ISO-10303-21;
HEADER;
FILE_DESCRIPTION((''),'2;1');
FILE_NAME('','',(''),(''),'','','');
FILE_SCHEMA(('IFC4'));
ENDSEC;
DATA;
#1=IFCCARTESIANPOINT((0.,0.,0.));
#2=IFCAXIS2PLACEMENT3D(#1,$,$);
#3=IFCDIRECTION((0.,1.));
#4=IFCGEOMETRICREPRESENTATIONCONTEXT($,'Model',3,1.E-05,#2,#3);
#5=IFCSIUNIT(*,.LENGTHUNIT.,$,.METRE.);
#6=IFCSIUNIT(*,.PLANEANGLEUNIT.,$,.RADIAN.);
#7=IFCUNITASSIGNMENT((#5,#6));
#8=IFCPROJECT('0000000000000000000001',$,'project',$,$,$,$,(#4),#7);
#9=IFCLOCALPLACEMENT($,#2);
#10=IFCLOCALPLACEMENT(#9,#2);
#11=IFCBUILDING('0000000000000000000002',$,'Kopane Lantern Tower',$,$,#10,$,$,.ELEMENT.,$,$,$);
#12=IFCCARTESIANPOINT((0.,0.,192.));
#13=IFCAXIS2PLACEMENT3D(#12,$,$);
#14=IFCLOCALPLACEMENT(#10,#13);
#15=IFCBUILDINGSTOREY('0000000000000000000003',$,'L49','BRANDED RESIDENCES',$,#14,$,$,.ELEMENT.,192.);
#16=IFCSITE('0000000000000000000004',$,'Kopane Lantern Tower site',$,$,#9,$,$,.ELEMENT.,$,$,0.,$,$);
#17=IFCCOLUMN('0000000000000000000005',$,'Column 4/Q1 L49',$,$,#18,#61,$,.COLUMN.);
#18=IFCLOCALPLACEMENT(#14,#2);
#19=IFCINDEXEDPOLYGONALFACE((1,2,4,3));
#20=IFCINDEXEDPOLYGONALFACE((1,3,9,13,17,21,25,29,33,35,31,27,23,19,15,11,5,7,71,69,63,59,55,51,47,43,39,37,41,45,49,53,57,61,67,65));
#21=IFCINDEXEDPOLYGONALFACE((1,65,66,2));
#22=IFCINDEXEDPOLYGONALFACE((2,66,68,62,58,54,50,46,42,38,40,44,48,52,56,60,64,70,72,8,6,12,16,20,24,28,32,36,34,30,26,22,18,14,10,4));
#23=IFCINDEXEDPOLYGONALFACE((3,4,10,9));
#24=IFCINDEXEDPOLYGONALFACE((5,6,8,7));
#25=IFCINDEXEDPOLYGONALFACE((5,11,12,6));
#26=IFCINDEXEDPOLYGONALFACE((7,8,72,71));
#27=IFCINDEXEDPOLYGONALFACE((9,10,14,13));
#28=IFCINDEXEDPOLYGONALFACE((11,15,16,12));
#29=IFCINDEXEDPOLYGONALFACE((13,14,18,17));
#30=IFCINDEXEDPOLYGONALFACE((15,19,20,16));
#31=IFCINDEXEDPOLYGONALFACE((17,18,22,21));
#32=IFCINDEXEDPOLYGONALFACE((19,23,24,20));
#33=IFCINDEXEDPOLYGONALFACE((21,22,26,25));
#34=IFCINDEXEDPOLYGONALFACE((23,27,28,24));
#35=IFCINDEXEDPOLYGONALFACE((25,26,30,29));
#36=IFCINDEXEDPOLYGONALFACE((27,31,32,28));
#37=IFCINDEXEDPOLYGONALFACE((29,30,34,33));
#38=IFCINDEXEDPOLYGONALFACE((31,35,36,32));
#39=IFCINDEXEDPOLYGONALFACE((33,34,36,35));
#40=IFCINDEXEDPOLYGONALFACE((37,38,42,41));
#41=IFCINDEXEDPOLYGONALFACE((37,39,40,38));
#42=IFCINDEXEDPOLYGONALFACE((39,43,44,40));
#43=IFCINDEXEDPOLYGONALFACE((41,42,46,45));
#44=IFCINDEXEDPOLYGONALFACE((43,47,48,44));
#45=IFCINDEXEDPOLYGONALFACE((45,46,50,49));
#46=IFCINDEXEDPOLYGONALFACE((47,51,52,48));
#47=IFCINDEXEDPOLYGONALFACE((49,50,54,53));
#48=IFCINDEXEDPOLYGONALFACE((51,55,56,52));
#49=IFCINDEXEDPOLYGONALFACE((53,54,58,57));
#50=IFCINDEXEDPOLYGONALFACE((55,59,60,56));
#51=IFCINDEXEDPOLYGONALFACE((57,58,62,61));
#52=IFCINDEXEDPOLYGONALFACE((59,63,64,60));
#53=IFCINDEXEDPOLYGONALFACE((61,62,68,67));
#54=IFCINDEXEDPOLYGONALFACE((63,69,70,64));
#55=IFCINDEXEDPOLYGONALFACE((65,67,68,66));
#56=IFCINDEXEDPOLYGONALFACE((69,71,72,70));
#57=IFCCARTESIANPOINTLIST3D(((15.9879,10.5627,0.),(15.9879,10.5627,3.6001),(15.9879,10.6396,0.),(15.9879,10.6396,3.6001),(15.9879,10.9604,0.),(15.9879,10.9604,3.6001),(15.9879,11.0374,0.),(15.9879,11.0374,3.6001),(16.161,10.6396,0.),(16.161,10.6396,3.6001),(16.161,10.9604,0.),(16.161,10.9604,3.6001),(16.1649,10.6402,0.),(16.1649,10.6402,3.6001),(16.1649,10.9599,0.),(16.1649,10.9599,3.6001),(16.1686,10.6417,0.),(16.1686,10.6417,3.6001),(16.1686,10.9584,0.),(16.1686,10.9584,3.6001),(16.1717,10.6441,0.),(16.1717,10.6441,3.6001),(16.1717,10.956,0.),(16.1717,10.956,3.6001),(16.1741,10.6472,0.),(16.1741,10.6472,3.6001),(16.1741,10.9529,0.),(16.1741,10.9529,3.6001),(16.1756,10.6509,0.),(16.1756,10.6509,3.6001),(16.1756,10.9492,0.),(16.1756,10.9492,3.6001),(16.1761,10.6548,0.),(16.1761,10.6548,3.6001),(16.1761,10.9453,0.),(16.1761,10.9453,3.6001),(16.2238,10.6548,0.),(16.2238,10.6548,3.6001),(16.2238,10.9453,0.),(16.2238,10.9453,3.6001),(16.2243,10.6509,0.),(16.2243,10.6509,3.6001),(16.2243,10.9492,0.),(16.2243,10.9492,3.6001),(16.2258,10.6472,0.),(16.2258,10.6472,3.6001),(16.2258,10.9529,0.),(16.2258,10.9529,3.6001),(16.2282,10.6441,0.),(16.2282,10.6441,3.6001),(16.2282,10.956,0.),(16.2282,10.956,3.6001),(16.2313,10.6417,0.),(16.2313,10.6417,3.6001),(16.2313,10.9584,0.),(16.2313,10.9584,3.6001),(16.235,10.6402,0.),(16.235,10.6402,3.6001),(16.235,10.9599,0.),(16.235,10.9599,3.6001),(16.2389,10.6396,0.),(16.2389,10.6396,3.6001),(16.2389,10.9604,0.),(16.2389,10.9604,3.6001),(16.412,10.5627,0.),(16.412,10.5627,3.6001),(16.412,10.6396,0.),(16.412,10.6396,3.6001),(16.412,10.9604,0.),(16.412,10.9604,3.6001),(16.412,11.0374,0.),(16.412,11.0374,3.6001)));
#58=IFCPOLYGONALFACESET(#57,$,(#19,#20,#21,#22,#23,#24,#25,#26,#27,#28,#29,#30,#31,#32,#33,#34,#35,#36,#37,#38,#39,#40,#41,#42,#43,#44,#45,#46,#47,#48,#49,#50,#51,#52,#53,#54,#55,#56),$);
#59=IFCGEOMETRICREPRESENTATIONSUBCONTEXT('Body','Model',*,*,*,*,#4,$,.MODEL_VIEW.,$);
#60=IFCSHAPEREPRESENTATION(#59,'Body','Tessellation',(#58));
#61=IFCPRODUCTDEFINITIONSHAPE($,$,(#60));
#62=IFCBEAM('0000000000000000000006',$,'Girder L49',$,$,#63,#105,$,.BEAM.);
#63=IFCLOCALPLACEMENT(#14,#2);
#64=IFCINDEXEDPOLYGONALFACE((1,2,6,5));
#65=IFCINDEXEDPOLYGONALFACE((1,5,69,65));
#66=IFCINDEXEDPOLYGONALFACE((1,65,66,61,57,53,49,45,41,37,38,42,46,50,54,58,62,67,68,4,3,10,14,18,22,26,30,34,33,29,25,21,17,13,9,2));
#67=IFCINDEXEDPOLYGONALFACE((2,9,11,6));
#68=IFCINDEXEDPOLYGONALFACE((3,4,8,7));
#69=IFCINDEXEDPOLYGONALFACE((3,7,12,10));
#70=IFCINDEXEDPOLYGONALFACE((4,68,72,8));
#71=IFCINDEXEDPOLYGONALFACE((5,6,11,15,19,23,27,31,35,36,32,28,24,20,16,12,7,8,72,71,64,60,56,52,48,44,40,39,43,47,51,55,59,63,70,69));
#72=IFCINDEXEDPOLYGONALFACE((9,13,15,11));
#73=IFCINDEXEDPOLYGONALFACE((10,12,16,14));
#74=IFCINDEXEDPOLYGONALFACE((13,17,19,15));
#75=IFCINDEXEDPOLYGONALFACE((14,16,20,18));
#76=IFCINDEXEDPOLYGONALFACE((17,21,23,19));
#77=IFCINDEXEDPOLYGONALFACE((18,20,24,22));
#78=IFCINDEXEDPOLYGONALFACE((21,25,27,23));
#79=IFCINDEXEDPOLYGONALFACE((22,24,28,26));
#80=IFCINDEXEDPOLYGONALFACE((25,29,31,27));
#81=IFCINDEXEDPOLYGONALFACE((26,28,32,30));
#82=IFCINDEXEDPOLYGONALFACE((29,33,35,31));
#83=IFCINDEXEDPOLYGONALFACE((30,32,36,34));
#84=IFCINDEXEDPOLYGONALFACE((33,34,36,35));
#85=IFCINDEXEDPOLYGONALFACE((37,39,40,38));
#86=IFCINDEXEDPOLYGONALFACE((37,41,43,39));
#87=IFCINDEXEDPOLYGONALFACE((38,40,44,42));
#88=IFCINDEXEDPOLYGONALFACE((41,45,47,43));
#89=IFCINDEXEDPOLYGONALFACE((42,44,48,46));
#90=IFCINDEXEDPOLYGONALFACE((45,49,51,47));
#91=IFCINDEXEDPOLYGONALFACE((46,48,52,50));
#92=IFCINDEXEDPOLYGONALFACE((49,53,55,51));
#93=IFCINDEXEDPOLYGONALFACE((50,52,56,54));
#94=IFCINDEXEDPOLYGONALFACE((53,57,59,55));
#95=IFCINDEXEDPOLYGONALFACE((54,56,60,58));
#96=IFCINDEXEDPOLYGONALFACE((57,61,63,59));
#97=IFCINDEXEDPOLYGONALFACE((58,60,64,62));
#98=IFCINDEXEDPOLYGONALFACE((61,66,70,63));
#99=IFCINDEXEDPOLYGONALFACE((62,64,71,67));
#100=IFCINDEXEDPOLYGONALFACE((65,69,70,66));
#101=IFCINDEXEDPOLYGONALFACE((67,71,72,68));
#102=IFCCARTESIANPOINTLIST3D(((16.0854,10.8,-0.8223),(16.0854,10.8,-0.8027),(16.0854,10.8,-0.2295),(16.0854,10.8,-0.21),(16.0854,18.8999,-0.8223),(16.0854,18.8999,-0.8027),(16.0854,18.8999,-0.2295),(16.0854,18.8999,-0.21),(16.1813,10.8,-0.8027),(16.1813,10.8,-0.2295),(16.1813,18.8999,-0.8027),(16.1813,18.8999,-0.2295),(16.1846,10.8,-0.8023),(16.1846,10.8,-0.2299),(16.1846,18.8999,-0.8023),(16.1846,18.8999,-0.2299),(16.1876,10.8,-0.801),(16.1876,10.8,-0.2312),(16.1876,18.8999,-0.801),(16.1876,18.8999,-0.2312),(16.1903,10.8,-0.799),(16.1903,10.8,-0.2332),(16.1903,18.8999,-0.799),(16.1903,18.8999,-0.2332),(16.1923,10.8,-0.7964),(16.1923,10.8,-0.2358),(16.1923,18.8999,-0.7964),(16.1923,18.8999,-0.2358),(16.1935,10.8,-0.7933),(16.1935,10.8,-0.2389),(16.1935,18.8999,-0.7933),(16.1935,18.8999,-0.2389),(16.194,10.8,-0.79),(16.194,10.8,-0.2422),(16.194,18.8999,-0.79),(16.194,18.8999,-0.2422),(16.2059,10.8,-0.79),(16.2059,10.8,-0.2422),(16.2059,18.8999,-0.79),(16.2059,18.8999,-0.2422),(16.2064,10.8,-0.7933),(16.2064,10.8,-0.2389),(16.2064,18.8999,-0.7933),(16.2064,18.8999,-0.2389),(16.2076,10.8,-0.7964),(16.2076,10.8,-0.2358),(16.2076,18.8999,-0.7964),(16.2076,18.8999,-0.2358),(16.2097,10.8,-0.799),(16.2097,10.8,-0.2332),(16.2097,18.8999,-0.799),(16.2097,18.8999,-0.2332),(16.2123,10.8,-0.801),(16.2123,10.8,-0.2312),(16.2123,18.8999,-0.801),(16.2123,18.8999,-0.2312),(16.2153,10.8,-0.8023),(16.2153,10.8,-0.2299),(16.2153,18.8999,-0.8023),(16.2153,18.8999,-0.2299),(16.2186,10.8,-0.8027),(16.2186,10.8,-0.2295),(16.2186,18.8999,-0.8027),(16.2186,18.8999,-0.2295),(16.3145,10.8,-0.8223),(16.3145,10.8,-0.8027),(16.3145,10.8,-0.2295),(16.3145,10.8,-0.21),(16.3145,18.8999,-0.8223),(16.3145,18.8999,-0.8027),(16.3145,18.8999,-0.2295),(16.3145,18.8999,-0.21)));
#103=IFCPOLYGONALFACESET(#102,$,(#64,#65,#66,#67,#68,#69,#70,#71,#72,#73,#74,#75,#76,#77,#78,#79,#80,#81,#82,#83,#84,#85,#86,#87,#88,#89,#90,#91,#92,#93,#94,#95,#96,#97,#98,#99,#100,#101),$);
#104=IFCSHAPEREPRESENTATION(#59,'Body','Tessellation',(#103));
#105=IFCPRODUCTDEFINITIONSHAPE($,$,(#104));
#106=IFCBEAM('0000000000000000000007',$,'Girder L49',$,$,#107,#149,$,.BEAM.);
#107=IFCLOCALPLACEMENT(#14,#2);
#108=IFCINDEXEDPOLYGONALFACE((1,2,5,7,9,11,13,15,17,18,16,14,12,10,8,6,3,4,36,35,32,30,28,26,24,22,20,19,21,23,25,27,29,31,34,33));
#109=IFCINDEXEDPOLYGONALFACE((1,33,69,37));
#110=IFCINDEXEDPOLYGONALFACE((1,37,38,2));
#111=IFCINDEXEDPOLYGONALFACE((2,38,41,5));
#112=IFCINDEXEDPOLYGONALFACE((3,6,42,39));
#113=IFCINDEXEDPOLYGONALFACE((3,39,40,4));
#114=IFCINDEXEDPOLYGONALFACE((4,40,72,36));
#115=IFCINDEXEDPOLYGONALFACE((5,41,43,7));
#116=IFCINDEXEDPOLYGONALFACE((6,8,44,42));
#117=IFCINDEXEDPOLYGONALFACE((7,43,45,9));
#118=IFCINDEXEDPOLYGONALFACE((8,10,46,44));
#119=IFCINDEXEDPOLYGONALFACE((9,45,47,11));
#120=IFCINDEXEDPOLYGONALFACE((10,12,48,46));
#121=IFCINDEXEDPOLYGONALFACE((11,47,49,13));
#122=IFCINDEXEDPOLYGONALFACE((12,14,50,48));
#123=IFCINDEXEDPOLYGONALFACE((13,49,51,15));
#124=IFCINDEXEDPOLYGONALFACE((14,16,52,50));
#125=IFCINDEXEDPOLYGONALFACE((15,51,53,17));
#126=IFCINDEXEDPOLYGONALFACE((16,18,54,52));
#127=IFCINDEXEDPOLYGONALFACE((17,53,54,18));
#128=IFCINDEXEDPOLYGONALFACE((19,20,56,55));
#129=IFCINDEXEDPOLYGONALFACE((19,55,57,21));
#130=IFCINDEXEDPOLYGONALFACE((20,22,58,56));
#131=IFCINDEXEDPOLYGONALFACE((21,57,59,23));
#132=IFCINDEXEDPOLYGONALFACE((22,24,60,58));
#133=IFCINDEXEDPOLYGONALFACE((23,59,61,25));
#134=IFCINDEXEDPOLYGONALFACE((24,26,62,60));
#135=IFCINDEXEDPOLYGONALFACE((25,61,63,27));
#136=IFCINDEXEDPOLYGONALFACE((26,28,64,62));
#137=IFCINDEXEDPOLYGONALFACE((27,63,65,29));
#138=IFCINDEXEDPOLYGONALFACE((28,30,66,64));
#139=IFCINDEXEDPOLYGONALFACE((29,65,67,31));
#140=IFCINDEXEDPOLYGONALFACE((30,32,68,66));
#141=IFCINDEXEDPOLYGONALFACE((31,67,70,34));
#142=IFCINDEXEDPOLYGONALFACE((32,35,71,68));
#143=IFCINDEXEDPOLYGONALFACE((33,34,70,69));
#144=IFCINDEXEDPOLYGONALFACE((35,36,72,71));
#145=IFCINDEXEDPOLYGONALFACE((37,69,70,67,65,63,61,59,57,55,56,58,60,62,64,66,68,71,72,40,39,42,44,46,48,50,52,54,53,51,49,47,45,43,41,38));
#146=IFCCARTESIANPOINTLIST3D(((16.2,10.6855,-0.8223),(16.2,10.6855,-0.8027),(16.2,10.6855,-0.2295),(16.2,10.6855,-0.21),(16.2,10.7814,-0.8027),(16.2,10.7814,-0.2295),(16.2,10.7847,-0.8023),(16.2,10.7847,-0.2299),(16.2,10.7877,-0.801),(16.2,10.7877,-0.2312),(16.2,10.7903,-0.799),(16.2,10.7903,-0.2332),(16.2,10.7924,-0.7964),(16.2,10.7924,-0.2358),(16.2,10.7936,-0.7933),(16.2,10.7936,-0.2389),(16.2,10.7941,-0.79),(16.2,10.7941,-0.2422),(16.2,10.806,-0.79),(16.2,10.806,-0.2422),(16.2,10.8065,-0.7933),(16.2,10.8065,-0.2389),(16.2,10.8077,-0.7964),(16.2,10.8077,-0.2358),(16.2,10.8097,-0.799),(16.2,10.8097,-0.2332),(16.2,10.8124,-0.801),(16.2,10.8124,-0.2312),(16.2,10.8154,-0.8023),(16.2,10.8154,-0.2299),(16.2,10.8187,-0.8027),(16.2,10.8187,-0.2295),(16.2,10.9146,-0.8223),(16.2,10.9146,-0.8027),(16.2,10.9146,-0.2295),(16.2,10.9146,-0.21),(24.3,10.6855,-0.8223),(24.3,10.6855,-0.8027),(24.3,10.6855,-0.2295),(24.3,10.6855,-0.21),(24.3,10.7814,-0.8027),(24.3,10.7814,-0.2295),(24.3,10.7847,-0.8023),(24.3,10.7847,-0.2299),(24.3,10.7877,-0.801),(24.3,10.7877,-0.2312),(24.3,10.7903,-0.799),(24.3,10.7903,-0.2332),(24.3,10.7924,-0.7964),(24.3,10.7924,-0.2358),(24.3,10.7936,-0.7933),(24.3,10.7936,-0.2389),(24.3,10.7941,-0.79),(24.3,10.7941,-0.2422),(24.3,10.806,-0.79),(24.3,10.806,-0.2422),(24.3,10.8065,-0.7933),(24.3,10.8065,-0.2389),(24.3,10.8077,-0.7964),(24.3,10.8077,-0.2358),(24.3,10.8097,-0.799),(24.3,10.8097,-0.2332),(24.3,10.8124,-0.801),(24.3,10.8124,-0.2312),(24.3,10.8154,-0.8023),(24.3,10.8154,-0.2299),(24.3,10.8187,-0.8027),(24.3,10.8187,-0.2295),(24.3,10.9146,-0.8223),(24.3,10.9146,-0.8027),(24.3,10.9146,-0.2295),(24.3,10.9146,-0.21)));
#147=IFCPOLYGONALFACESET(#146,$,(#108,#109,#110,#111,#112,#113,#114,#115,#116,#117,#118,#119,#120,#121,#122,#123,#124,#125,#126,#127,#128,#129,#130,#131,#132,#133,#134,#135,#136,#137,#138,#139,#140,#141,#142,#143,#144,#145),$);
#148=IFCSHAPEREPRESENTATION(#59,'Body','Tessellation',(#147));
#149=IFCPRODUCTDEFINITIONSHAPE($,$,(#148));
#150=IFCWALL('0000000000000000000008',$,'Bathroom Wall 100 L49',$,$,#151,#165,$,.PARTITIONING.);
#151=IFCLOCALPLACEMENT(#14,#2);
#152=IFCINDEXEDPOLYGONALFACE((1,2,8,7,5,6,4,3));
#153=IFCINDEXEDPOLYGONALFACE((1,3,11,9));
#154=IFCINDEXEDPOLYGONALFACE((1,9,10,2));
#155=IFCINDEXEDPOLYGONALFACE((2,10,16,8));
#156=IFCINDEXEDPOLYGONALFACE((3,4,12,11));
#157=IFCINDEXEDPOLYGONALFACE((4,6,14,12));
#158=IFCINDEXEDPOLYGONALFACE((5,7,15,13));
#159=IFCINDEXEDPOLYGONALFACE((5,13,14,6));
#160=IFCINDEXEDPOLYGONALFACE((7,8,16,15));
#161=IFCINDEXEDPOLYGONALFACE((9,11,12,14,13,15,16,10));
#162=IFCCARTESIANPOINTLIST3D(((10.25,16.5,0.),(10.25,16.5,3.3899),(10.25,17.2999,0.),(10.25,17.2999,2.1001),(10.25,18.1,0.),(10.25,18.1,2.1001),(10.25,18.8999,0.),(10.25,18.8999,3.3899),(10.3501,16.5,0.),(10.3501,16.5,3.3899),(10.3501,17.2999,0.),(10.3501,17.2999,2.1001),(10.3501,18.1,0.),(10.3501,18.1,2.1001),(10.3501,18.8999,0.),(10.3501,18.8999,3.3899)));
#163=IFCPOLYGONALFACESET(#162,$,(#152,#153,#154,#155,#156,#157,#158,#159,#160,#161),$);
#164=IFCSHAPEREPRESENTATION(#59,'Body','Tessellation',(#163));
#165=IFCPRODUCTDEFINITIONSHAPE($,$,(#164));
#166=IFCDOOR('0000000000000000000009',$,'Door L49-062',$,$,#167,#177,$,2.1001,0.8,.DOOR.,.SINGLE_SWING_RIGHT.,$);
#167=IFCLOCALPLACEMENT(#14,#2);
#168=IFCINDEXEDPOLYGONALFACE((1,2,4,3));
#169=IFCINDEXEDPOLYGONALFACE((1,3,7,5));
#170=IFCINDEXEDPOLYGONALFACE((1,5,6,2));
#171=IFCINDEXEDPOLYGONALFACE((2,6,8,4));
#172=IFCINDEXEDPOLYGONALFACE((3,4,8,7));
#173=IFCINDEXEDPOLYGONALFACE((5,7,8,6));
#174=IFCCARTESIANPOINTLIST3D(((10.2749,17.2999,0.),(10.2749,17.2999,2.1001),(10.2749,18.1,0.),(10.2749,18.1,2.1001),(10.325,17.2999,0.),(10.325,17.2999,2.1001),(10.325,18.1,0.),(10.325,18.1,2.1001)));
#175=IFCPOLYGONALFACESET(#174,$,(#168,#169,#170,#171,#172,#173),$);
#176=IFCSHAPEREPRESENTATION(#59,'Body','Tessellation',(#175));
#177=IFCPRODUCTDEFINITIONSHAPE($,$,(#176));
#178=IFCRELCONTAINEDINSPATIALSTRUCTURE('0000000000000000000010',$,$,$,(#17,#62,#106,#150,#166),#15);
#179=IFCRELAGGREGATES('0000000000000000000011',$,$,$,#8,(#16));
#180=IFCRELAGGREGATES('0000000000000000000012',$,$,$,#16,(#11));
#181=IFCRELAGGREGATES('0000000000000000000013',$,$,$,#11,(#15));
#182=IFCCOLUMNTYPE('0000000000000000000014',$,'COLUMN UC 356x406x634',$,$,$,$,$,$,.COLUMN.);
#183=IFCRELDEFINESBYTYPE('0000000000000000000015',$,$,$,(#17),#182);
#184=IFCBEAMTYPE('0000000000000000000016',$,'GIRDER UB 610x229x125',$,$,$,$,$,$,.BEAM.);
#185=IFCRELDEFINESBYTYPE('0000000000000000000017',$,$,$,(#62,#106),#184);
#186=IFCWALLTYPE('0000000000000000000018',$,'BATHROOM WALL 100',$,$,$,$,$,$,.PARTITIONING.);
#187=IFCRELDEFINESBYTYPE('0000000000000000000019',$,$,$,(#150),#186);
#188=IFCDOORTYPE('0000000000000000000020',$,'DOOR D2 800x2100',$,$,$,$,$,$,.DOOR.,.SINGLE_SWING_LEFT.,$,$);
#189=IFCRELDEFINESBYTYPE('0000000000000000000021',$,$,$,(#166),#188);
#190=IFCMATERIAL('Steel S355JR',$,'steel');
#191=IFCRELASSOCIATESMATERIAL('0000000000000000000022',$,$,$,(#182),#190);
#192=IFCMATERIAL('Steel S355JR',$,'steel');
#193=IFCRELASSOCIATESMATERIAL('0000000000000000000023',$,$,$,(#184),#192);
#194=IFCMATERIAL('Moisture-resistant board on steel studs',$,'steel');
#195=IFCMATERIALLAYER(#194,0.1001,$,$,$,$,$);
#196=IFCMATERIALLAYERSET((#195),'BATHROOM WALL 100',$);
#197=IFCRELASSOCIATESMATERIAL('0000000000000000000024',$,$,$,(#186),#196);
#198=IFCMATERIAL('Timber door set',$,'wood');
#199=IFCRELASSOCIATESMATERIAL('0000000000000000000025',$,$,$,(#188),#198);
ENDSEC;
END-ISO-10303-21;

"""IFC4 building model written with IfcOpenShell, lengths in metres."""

from ifc_helpers import new_model, si_unit, direction, frame, frame_2d, origin, origin_2d, place, context, subcontext, project, spatial, rectangle, i_section, extrude, material, layer, layer_set, material_profile, profile_set, type_object, element, fill, save


model = new_model("IFC4")

# Units and contexts
model_context = context("Model", 3, precision=1e-05, world=origin(), true_north=direction((0.0, 1.0)))
body_context = subcontext(model_context, "Body", "Model", "MODEL_VIEW")
ifc_project = project(units=[si_unit("LENGTHUNIT", "METRE"), si_unit("PLANEANGLEUNIT", "RADIAN")], contexts=[model_context])

# Site, building, storey
site_placement = place(None, origin())
site = spatial("IfcSite", under=ifc_project, at=site_placement, Name="Kopane Lantern Tower site", CompositionType="ELEMENT", RefElevation=0.0)
building_placement = place(site_placement, origin())
building = spatial("IfcBuilding", under=site, at=building_placement, Name="Kopane Lantern Tower", CompositionType="ELEMENT")
storey_placement = place(building_placement, frame((0.0, 0.0, 192.0)))
storey = spatial("IfcBuildingStorey", under=building, at=storey_placement, Name="L49", Description="BRANDED RESIDENCES", CompositionType="ELEMENT", Elevation=192.0)

# Column
ifc_material_1 = material(Name="Steel S355JR", Category="steel")
ifc_material_profile_1 = material_profile(ifc_material_1, i_section(OverallWidth=0.4241, OverallDepth=0.4746, WebThickness=0.0476, FlangeThickness=0.0769, FilletRadius=0.0151, at=origin_2d()), Name="UC 356x406x634")
ifc_profile_set_1 = profile_set([ifc_material_profile_1], Name="Steel S355JR")
column_type = type_object("IfcColumnType", Name="COLUMN UC 356x406x634", PredefinedType="COLUMN", material=ifc_profile_set_1)
column_placement = place(storey_placement, frame((16.2, 10.8, 0.0), z_axis=(0.0, 0.0, 1.0), x_axis=(1.0, 0.0, 0.0)))
element("IfcColumn", 1, at=column_placement, inside=storey, type_object=column_type, Name="Column 4/Q1 L49", PredefinedType="COLUMN", context=body_context, shape_type="SweptSolid", body=[
    extrude(i_section(OverallWidth=0.4241, OverallDepth=0.4746, WebThickness=0.0476, FlangeThickness=0.0769, FilletRadius=0.0151, at=origin_2d()), origin(), (0.0, 0.0, 1.0), 3.6001),
])

# Beams
ifc_material_2 = material(Name="Steel S355JR", Category="steel")
ifc_material_profile_2 = material_profile(ifc_material_2, i_section(OverallWidth=0.229, OverallDepth=0.6123, WebThickness=0.012, FlangeThickness=0.0195, FilletRadius=0.0127, at=origin_2d()), Name="UB 610x229x125")
ifc_profile_set_2 = profile_set([ifc_material_profile_2], Name="Steel S355JR")
beam_type = type_object("IfcBeamType", Name="GIRDER UB 610x229x125", PredefinedType="BEAM", material=ifc_profile_set_2)
beam_1_placement = place(storey_placement, frame((16.2, 10.8, -0.5161), z_axis=(0.0, 1.0, 0.0), x_axis=(-1.0, 0.0, 0.0)))
element("IfcBeam", 2, at=beam_1_placement, inside=storey, type_object=beam_type, Name="Girder L49", PredefinedType="BEAM", context=body_context, shape_type="SweptSolid", body=[
    extrude(i_section(OverallWidth=0.229, OverallDepth=0.6123, WebThickness=0.012, FlangeThickness=0.0195, FilletRadius=0.0127, at=origin_2d()), origin(), (0.0, 0.0, 1.0), 8.0999),
])
beam_2_placement = place(storey_placement, frame((16.2, 10.8, -0.5161), z_axis=(1.0, 0.0, 0.0), x_axis=(0.0, 1.0, 0.0)))
element("IfcBeam", 3, at=beam_2_placement, inside=storey, type_object=beam_type, Name="Girder L49", PredefinedType="BEAM", context=body_context, shape_type="SweptSolid", body=[
    extrude(i_section(OverallWidth=0.229, OverallDepth=0.6123, WebThickness=0.012, FlangeThickness=0.0195, FilletRadius=0.0127, at=origin_2d()), origin(), (0.0, 0.0, 1.0), 8.1001),
])

# Wall, opening, door
ifc_material_3 = material(Name="Moisture-resistant board on steel studs", Category="steel")
ifc_layer_1 = layer(ifc_material_3, 0.1001)
ifc_layer_set_1 = layer_set([ifc_layer_1], Name="BATHROOM WALL 100")
wall_type_1 = type_object("IfcWallType", Name="BATHROOM WALL 100", PredefinedType="PARTITIONING", material=ifc_layer_set_1)
wall_1_placement = place(storey_placement, frame((10.3, 18.8999, 0.0), z_axis=(0.0, 0.0, 1.0), x_axis=(0.0, -1.0, 0.0)))
wall_1 = element("IfcWall", 4, at=wall_1_placement, inside=storey, type_object=wall_type_1, Name="Bathroom Wall 100 L49", PredefinedType="PARTITIONING", context=body_context, shape_type="SweptSolid", body=[
    extrude(rectangle(XDim=2.3999, YDim=0.1001, at=frame_2d((1.2, 0.0))), origin(), (0.0, 0.0, 1.0), 3.3899),
])
opening_1_placement = place(wall_1_placement, frame((0.8, 0.0, 0.0)))
opening_1 = element("IfcOpeningElement", 5, at=opening_1_placement, cuts=wall_1, PredefinedType="OPENING", context=body_context, shape_type="SweptSolid", body=[
    extrude(rectangle(XDim=0.8, YDim=2.1001, at=frame_2d((0.3999, 1.05))), frame((0.0, 0.0601, 0.0), z_axis=(0.0, -1.0, 0.0), x_axis=(1.0, 0.0, 0.0)), (0.0, 0.0, 1.0), 0.1201),
])
ifc_material_4 = material(Name="Timber door set", Category="wood")
door_type = type_object("IfcDoorType", Name="DOOR D2 800x2100", OperationType="SINGLE_SWING_LEFT", PredefinedType="DOOR", material=ifc_material_4)
door_placement = place(opening_1_placement, origin())
door = element("IfcDoor", 6, at=door_placement, inside=storey, type_object=door_type, Name="Door L49-062", OperationType="SINGLE_SWING_RIGHT", OverallHeight=2.1001, OverallWidth=0.8, PredefinedType="DOOR", context=body_context, shape_type="SweptSolid", body=[
    extrude(rectangle(XDim=0.8, YDim=2.1001, at=frame_2d((0.3999, 1.05))), frame((0.0, 0.0249, 0.0), z_axis=(0.0, -1.0, 0.0), x_axis=(1.0, 0.0, 0.0)), (0.0, 0.0, 1.0), 0.05),
])
fill(opening_1, door)

save(model, "model.ifc")
